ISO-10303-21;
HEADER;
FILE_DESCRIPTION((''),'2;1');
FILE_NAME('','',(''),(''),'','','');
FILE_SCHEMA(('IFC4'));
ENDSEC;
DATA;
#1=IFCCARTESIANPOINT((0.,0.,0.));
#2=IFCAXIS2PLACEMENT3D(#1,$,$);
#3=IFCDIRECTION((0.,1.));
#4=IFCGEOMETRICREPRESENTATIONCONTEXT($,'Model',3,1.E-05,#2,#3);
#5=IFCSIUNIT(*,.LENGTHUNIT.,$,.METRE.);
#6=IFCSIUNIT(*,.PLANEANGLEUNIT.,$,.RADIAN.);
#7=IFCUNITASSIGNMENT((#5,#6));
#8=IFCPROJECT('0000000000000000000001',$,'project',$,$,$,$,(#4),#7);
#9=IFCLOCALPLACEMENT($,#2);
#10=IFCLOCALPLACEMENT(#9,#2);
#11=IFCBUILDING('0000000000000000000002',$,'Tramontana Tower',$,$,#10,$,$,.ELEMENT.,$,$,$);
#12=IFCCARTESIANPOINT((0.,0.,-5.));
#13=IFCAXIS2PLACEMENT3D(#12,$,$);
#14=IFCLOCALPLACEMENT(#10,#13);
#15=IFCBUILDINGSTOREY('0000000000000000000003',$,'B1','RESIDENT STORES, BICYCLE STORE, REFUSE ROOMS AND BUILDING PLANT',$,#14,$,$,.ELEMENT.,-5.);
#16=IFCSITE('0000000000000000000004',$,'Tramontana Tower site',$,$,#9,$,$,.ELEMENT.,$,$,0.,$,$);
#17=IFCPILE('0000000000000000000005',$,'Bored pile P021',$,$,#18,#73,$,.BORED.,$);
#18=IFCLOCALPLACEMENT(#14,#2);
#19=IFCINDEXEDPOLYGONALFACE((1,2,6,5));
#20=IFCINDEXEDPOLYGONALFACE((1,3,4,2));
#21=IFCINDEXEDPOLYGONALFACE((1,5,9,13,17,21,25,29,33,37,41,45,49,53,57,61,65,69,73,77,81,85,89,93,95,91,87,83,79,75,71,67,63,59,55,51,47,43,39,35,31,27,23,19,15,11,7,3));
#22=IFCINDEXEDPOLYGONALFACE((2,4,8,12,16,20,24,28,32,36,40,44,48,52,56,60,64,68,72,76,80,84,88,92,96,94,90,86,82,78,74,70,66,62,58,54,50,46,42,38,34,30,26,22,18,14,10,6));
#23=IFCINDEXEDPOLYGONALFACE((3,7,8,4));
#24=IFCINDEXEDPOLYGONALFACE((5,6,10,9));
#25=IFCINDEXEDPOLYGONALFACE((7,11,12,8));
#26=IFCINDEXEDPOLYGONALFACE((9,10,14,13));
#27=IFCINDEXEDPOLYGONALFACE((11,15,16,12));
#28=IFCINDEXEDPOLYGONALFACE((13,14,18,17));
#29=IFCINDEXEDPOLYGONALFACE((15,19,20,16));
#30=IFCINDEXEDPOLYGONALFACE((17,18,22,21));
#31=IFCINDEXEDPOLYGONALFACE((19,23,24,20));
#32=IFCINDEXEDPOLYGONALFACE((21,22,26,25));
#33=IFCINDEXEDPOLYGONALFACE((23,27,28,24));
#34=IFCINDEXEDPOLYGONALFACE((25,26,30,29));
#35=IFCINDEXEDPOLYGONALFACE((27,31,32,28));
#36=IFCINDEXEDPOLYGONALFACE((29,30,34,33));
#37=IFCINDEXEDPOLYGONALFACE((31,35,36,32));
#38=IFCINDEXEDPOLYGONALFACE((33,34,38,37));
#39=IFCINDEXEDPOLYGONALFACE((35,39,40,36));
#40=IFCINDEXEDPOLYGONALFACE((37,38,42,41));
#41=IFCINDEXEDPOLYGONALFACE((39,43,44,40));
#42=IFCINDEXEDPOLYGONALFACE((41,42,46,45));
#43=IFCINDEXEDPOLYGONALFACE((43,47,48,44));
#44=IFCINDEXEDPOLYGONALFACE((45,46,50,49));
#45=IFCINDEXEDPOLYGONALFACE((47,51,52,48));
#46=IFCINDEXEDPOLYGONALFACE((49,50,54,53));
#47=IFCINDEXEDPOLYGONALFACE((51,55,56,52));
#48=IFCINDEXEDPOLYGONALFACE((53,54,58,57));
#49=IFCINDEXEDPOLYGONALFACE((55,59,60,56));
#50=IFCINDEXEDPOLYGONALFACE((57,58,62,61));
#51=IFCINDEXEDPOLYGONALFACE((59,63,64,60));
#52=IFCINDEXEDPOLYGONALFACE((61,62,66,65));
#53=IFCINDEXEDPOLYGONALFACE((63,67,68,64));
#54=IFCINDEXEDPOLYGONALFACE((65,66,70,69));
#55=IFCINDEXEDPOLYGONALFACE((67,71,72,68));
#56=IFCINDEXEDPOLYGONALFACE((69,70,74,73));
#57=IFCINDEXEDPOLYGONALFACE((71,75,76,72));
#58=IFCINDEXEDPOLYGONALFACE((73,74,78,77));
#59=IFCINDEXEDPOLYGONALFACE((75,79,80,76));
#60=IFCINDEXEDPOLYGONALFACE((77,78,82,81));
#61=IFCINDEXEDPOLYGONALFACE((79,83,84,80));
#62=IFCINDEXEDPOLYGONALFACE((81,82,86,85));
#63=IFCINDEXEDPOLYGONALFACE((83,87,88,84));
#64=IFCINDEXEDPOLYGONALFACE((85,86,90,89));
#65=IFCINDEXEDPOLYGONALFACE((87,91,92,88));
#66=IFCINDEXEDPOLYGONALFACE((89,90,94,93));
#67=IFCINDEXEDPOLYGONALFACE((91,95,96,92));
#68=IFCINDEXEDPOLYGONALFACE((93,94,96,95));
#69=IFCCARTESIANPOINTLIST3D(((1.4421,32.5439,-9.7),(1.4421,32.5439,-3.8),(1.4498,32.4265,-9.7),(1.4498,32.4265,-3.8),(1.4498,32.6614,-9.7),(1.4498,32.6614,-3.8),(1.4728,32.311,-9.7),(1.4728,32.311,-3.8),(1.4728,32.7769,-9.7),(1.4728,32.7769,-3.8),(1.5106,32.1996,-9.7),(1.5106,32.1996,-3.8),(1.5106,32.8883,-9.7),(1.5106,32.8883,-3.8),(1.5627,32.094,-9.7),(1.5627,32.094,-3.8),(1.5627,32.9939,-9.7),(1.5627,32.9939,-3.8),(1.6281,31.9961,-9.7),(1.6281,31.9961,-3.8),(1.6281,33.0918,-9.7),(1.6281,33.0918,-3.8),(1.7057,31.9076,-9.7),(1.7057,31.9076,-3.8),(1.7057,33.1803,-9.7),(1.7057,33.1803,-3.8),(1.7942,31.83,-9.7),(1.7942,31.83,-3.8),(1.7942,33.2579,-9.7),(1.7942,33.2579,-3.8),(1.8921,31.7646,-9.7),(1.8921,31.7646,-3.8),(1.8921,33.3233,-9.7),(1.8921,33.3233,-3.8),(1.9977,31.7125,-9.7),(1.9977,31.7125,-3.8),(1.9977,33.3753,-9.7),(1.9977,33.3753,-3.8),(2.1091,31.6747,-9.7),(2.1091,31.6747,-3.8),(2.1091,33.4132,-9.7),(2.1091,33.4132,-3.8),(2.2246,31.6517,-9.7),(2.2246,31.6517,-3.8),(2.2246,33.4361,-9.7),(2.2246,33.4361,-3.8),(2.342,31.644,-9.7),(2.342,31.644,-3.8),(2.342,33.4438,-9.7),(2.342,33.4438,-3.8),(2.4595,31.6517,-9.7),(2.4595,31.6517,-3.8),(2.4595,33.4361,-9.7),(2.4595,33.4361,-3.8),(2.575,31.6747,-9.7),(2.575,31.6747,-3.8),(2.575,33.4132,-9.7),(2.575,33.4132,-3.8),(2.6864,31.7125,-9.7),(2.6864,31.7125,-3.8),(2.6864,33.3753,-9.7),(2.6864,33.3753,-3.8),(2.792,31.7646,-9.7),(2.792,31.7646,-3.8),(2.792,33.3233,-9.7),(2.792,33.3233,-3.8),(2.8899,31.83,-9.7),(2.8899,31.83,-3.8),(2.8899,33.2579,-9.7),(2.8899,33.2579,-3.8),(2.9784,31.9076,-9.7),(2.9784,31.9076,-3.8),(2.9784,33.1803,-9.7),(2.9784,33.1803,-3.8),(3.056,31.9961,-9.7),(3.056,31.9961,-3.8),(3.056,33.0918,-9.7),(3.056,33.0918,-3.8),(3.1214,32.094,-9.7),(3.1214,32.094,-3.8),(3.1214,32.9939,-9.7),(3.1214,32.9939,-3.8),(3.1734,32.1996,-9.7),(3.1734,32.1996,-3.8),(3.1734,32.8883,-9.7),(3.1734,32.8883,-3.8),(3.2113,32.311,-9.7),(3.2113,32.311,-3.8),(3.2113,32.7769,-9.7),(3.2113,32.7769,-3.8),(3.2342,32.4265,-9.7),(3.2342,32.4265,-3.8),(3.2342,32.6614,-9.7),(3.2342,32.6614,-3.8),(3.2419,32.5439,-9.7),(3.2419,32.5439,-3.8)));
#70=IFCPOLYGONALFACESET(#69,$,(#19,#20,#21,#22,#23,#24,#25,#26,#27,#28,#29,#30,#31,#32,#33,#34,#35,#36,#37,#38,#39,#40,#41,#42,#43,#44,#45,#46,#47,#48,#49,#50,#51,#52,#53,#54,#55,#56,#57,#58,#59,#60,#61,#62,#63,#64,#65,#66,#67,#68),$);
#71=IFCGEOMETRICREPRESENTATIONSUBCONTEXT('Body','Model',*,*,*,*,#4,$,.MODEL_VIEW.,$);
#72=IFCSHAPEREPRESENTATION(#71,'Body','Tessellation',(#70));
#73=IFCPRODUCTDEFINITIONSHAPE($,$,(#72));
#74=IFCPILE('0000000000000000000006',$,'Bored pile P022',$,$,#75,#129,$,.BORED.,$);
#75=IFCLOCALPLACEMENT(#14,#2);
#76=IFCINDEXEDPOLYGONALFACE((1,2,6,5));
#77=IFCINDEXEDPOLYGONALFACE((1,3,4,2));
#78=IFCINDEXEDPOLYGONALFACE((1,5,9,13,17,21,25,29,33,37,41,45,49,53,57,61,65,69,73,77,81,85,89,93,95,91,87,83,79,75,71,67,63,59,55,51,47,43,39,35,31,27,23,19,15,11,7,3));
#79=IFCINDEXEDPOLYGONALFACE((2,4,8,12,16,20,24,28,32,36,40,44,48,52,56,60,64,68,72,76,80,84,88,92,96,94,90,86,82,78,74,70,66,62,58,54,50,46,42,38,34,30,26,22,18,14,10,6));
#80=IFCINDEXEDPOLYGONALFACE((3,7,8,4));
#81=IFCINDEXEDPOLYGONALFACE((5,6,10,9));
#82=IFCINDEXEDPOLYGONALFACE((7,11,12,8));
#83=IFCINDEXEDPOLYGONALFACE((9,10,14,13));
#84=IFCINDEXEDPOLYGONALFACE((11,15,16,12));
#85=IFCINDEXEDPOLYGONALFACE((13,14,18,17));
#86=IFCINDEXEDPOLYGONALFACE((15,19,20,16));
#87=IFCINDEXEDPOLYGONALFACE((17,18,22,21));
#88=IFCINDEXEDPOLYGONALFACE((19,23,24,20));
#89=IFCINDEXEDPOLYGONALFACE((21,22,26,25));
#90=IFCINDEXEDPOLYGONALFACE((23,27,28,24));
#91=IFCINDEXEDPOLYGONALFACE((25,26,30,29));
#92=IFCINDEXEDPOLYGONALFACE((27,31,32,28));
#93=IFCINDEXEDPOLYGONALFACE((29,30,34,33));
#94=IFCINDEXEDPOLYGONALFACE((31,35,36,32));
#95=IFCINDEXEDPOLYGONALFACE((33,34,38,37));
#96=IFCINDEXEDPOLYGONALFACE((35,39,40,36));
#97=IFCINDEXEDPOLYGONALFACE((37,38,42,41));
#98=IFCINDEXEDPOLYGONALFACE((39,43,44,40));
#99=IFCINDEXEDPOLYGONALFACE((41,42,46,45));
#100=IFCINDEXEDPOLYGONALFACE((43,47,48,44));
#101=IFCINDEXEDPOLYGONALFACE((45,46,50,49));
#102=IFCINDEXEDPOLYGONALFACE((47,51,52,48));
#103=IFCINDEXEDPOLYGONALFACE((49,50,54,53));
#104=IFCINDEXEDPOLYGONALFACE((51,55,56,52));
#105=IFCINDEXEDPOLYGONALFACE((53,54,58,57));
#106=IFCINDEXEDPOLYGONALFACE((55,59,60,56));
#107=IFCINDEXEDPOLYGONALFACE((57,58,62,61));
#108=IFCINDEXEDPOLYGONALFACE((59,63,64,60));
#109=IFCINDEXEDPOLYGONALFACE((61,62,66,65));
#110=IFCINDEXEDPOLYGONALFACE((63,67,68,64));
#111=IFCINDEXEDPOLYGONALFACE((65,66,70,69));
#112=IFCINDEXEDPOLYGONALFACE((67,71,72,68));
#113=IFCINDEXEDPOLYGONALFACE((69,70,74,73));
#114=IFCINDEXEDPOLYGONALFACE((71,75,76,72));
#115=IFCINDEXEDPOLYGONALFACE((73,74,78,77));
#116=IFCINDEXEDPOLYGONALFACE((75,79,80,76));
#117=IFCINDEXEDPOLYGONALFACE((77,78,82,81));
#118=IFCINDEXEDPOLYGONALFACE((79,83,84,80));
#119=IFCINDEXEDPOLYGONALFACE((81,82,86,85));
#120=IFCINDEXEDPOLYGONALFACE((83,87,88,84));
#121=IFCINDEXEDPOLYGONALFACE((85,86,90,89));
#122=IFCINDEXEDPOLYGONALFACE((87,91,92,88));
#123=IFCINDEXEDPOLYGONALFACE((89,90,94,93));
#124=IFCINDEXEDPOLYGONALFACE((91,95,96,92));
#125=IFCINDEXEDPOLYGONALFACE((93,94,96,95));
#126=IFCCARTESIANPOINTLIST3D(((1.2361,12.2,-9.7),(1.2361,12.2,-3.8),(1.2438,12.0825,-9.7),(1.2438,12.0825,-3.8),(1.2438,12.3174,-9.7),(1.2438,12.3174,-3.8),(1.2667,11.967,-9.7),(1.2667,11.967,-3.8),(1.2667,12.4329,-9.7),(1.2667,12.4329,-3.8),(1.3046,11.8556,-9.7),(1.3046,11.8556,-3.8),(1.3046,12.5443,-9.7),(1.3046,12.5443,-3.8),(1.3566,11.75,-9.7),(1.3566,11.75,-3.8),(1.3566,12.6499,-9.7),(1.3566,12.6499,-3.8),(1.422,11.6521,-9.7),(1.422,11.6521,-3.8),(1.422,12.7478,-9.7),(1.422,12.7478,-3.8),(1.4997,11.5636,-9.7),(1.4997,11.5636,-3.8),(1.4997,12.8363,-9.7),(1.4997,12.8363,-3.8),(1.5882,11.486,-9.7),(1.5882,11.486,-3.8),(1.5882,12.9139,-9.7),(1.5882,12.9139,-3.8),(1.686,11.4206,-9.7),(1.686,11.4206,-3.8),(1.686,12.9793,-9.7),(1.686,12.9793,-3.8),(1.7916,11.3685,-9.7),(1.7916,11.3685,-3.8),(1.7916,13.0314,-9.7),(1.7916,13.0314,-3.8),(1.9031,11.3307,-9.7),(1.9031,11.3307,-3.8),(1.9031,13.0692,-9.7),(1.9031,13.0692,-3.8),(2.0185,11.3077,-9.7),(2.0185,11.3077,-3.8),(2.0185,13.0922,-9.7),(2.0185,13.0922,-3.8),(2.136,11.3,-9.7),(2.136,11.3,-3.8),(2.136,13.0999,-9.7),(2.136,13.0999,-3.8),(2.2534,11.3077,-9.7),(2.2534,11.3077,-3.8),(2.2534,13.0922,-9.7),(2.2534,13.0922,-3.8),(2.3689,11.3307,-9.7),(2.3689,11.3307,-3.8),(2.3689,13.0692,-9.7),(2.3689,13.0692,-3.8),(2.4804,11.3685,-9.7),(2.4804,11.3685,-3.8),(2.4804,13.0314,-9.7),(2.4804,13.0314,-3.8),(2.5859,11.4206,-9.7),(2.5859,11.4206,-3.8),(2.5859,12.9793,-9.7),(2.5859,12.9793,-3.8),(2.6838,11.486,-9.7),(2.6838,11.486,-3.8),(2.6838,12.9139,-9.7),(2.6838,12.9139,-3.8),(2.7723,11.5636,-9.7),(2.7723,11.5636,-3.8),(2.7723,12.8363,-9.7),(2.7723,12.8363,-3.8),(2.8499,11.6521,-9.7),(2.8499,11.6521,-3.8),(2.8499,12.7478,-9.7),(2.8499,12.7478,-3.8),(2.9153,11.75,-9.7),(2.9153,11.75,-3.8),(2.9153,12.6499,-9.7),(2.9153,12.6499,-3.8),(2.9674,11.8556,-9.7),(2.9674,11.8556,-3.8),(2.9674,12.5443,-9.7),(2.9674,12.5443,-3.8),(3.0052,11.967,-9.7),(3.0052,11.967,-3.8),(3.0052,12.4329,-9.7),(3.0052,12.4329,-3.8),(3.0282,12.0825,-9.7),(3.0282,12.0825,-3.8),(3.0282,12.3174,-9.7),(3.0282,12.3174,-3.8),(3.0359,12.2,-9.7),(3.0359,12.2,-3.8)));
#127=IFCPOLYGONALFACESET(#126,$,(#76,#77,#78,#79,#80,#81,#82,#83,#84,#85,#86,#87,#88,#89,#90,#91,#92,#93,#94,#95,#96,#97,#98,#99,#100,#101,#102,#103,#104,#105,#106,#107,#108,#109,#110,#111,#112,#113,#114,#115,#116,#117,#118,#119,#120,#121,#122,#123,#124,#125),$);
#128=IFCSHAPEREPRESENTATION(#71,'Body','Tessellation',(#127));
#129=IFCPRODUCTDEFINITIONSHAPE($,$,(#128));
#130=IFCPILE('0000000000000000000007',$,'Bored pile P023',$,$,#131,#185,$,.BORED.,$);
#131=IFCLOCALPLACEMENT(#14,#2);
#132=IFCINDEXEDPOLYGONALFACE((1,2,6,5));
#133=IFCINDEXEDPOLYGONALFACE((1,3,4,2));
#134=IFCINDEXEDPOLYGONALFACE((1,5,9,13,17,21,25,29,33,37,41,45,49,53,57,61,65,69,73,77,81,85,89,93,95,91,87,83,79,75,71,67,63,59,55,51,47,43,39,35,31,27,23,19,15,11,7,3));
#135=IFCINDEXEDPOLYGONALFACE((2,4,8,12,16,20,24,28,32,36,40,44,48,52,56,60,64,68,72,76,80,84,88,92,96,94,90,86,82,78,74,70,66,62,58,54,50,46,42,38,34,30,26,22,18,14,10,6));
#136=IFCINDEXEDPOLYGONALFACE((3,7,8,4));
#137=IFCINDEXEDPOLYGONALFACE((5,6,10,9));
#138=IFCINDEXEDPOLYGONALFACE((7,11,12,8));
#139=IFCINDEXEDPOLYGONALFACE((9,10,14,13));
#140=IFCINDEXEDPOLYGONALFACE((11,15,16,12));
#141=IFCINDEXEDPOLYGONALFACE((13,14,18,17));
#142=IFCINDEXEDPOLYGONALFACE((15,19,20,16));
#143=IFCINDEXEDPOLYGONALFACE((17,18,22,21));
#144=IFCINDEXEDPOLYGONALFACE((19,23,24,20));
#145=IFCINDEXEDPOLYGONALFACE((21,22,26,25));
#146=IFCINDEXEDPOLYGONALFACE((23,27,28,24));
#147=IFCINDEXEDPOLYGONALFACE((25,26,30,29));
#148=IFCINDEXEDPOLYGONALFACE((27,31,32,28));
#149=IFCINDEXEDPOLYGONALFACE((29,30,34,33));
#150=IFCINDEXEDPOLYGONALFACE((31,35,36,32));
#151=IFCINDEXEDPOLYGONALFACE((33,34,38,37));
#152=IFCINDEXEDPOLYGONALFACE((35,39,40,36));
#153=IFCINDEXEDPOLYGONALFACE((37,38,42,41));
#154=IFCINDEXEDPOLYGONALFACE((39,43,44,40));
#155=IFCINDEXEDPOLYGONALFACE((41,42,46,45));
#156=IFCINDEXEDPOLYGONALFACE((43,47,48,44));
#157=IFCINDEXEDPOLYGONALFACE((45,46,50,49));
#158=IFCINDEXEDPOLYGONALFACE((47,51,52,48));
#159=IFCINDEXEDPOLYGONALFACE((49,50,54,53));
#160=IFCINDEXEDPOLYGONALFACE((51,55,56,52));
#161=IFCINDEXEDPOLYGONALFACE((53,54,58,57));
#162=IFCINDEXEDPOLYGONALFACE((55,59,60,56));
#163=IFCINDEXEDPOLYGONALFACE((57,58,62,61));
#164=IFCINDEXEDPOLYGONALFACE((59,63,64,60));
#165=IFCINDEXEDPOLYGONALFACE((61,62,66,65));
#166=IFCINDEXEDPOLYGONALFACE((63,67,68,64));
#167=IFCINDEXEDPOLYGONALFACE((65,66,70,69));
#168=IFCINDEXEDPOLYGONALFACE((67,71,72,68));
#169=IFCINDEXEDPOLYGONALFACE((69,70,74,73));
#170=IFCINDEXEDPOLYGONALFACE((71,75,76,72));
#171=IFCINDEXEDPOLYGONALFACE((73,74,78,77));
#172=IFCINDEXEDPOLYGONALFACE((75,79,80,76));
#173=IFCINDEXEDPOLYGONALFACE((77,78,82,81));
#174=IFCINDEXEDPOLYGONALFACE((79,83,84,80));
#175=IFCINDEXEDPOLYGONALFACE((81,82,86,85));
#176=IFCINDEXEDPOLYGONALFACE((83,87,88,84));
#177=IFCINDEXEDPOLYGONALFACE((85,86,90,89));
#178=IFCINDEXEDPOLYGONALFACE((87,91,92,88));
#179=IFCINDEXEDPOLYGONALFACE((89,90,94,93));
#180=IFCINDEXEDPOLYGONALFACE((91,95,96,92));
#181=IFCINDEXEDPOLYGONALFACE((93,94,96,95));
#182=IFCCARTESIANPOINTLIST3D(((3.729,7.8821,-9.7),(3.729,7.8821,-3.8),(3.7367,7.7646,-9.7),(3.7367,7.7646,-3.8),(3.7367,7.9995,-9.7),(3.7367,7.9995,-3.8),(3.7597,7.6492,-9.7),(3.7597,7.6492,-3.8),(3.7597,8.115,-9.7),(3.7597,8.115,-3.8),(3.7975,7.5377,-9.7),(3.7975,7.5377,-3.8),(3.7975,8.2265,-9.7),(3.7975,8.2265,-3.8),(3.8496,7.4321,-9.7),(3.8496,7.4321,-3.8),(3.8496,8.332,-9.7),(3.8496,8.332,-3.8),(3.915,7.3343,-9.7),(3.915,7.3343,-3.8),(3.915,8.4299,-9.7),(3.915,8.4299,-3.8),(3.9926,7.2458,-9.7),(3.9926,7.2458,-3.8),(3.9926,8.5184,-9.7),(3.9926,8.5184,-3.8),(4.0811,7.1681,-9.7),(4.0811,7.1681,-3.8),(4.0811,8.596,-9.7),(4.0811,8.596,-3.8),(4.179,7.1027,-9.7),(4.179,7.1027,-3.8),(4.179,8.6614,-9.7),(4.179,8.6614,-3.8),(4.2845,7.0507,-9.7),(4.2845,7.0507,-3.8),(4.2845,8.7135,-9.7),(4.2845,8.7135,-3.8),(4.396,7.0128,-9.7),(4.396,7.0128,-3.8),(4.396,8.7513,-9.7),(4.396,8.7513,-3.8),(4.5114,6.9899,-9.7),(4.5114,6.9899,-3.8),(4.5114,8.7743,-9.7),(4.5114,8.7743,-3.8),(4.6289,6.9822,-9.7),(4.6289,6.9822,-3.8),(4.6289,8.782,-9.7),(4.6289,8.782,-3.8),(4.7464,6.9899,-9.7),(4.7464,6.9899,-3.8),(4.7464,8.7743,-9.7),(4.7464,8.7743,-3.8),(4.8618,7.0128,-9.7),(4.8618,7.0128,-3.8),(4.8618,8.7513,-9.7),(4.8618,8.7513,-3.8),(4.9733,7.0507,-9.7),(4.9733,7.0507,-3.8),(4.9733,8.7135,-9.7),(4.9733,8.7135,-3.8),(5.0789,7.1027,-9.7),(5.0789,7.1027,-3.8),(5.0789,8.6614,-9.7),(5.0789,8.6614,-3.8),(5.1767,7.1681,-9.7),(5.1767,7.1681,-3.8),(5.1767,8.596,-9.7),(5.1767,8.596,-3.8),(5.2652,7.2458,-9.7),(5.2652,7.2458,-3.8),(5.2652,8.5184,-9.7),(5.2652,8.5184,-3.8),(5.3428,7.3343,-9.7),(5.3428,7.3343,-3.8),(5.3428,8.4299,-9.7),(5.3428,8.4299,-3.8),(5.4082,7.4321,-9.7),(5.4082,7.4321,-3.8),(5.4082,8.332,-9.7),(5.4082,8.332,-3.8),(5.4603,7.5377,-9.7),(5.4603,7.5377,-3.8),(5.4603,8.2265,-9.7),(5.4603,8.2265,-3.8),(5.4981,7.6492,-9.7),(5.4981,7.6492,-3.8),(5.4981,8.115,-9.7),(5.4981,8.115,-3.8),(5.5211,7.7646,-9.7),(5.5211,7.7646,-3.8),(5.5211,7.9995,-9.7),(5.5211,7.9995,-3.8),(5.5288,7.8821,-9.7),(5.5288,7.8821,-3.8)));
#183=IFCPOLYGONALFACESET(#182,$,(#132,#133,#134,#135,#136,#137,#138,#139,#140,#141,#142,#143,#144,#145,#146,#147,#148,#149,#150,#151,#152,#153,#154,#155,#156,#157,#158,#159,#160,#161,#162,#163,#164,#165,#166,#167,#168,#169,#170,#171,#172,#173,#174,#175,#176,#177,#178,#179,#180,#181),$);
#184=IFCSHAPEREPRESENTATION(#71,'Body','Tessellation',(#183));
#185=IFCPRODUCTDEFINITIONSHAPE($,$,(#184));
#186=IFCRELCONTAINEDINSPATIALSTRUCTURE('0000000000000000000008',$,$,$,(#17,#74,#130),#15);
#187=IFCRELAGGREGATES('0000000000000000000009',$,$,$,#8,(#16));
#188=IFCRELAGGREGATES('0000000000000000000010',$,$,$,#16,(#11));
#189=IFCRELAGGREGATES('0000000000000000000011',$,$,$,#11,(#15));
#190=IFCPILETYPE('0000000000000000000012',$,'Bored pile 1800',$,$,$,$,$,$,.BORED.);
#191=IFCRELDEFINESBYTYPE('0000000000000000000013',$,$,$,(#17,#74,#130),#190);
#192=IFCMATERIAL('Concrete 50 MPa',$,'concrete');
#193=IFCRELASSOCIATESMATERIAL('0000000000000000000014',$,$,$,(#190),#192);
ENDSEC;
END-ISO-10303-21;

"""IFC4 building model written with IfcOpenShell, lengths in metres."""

from ifc_helpers import new_model, si_unit, direction, frame, origin, origin_2d, place, context, subcontext, project, spatial, circle, extrude, material, material_profile, profile_set, type_object, element, save


model = new_model("IFC4")

# Units and contexts
model_context = context("Model", 3, precision=1e-05, world=origin(), true_north=direction((0.0, 1.0)))
body_context = subcontext(model_context, "Body", "Model", "MODEL_VIEW")
ifc_project = project(units=[si_unit("LENGTHUNIT", "METRE"), si_unit("PLANEANGLEUNIT", "RADIAN")], contexts=[model_context])

# Site, building, storey
site_placement = place(None, origin())
site = spatial("IfcSite", under=ifc_project, at=site_placement, Name="Tramontana Tower site", CompositionType="ELEMENT", RefElevation=0.0)
building_placement = place(site_placement, origin())
building = spatial("IfcBuilding", under=site, at=building_placement, Name="Tramontana Tower", CompositionType="ELEMENT")
storey_placement = place(building_placement, frame((0.0, 0.0, -5.0)))
storey = spatial("IfcBuildingStorey", under=building, at=storey_placement, Name="B1", Description="RESIDENT STORES, BICYCLE STORE, REFUSE ROOMS AND BUILDING PLANT", CompositionType="ELEMENT", Elevation=-5.0)

# Piles
ifc_material_1 = material(Name="Concrete 50 MPa", Category="concrete")
ifc_material_profile_1 = material_profile(ifc_material_1, circle(Radius=0.8999, at=origin_2d()), Name="Bored pile 1800")
ifc_profile_set_1 = profile_set([ifc_material_profile_1], Name="Concrete 50 MPa")
pile_type = type_object("IfcPileType", Name="Bored pile 1800", PredefinedType="BORED", material=ifc_profile_set_1)
for number, where, z_axis, x_axis, name in (
    (1, (2.342, 32.5439, -3.8), (0.0, 0.0, -1.0), (1.0, 0.0, 0.0), "Bored pile P021"),
    (2, (2.136, 12.2, -3.8), (0.0, 0.0, -1.0), (1.0, 0.0, 0.0), "Bored pile P022"),
    (3, (4.6289, 7.8821, -3.8), (0.0, 0.0, -1.0), (1.0, 0.0, 0.0), "Bored pile P023"),
):
    element("IfcPile", number, at=place(storey_placement, frame(where, z_axis=z_axis, x_axis=x_axis)), inside=storey, type_object=pile_type, Name=name, PredefinedType="BORED", context=body_context, shape_type="SweptSolid", body=[
        extrude(circle(Radius=0.8999, at=origin_2d()), origin(), (0.0, 0.0, 1.0), 5.8999),
    ])

save(model, "model.ifc")
